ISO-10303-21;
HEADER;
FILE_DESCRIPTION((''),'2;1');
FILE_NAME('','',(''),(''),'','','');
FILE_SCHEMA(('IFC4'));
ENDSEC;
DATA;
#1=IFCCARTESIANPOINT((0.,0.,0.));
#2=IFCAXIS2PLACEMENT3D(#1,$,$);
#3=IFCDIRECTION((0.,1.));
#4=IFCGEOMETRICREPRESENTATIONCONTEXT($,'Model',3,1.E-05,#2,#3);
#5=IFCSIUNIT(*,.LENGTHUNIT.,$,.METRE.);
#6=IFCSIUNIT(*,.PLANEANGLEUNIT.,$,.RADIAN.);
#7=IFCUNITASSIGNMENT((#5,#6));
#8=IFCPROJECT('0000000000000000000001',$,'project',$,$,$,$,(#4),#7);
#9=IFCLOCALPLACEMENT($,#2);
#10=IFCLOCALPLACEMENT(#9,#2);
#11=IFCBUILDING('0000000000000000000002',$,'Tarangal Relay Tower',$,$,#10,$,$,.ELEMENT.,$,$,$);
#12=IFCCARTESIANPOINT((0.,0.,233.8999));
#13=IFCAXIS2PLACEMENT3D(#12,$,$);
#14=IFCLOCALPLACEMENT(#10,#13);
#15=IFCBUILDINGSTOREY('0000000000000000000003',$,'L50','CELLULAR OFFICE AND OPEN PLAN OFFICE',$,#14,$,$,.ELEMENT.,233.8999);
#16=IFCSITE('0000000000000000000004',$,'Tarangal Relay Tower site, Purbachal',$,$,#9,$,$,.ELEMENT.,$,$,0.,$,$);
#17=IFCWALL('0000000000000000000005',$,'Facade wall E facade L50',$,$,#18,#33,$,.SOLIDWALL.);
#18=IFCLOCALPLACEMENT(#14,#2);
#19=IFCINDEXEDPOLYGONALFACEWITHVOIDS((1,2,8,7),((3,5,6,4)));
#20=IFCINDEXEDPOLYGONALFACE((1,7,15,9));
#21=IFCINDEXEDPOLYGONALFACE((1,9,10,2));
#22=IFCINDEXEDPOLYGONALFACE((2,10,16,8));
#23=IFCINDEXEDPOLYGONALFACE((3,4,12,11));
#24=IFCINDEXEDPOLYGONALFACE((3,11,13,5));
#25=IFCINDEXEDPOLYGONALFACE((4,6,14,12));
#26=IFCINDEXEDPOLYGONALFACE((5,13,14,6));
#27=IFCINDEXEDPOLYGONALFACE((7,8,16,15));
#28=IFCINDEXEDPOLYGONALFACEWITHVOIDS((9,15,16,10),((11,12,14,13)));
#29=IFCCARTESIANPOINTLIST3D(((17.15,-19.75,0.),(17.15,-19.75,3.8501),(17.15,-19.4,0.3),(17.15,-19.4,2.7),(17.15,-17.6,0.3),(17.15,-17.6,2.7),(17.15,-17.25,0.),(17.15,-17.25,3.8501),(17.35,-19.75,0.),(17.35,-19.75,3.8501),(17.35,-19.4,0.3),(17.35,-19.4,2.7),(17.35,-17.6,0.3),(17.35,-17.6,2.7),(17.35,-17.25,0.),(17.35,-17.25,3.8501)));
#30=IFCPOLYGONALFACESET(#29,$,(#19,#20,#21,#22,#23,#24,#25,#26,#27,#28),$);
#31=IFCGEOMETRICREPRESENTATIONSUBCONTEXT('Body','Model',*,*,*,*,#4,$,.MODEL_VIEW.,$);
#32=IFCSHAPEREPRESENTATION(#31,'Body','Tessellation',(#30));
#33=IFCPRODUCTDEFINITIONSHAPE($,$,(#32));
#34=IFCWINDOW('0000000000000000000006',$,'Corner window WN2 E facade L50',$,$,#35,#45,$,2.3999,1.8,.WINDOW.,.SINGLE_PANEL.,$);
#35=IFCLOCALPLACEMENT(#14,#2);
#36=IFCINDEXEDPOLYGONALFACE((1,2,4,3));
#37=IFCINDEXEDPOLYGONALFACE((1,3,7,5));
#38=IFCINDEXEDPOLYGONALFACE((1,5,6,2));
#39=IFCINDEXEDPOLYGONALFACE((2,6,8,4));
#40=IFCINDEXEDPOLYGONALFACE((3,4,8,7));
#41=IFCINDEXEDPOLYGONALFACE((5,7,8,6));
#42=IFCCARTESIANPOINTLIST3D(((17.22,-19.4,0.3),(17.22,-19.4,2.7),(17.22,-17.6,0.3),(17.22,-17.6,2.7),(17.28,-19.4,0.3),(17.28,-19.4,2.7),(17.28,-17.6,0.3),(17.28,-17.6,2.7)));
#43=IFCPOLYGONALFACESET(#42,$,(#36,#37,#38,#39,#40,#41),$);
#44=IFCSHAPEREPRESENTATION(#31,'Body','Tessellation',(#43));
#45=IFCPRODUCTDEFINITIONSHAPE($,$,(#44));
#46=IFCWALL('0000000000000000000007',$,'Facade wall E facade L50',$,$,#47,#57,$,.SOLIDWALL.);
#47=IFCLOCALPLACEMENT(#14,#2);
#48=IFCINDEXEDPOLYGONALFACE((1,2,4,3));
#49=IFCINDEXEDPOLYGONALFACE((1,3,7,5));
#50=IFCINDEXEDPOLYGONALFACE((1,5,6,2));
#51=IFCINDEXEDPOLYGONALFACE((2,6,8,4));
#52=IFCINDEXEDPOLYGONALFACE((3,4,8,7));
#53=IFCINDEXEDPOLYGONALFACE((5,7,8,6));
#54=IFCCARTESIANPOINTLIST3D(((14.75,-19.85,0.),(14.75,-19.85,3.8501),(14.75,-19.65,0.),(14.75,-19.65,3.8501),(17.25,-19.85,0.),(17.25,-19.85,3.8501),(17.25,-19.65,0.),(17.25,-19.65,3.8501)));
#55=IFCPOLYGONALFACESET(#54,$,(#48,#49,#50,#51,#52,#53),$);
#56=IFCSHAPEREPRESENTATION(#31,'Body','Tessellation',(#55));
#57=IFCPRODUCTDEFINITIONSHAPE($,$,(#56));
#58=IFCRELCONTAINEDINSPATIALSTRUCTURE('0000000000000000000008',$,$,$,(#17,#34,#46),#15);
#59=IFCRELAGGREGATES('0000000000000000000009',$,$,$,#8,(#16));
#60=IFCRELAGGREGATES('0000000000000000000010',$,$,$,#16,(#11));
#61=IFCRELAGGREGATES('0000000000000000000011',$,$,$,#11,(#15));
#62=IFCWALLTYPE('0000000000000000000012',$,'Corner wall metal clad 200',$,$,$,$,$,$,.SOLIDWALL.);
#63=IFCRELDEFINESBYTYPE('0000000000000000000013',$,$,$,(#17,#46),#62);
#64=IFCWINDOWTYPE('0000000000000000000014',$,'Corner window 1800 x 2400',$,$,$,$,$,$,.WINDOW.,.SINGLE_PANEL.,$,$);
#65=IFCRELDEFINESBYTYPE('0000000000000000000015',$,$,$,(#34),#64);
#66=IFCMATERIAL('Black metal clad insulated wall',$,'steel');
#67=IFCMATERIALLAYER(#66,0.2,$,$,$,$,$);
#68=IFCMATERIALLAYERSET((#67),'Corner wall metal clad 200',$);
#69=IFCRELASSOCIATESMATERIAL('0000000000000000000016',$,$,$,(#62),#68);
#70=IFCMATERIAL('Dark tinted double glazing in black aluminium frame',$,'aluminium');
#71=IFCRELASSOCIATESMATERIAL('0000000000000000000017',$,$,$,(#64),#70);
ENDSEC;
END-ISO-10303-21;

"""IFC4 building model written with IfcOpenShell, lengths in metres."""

from ifc_helpers import new_model, si_unit, direction, frame, frame_2d, origin, place, context, subcontext, project, spatial, rectangle, extrude, material, layer, layer_set, type_object, element, fill, save


model = new_model("IFC4")

# Units and contexts
model_context = context("Model", 3, precision=1e-05, world=origin(), true_north=direction((0.0, 1.0)))
body_context = subcontext(model_context, "Body", "Model", "MODEL_VIEW")
ifc_project = project(units=[si_unit("LENGTHUNIT", "METRE"), si_unit("PLANEANGLEUNIT", "RADIAN")], contexts=[model_context])

# Site, building, storey
site_placement = place(None, origin())
site = spatial("IfcSite", under=ifc_project, at=site_placement, Name="Tarangal Relay Tower site, Purbachal", CompositionType="ELEMENT", RefElevation=0.0)
building_placement = place(site_placement, origin())
building = spatial("IfcBuilding", under=site, at=building_placement, Name="Tarangal Relay Tower", CompositionType="ELEMENT")
storey_placement = place(building_placement, frame((0.0, 0.0, 233.8999)))
storey = spatial("IfcBuildingStorey", under=building, at=storey_placement, Name="L50", Description="CELLULAR OFFICE AND OPEN PLAN OFFICE", CompositionType="ELEMENT", Elevation=233.8999)

# Shared definitions
ifc_material_1 = material(Name="Black metal clad insulated wall", Category="steel")
ifc_layer_1 = layer(ifc_material_1, 0.2)
ifc_layer_set_1 = layer_set([ifc_layer_1], Name="Corner wall metal clad 200")
wall_type = type_object("IfcWallType", Name="Corner wall metal clad 200", PredefinedType="SOLIDWALL", material=ifc_layer_set_1)

# Shared definitions
ifc_material_2 = material(Name="Dark tinted double glazing in black aluminium frame", Category="aluminium")
window_type = type_object("IfcWindowType", Name="Corner window 1800 x 2400", PartitioningType="SINGLE_PANEL", PredefinedType="WINDOW", material=ifc_material_2)

# Wall, opening, window
wall_1_placement = place(storey_placement, frame((17.25, -17.25, 0.0), z_axis=(0.0, 0.0, 1.0), x_axis=(0.0, -1.0, 0.0)))
wall_1 = element("IfcWall", 1, at=wall_1_placement, inside=storey, type_object=wall_type, Name="Facade wall E facade L50", PredefinedType="SOLIDWALL", context=body_context, shape_type="SweptSolid", body=[
    extrude(rectangle(XDim=2.5, YDim=0.2, at=frame_2d((1.25, 0.0))), origin(), (0.0, 0.0, 1.0), 3.8501),
])
opening_1_placement = place(wall_1_placement, frame((0.3501, 0.0, 0.3)))
opening_1 = element("IfcOpeningElement", 2, at=opening_1_placement, cuts=wall_1, PredefinedType="OPENING", context=body_context, shape_type="SweptSolid", body=[
    extrude(rectangle(XDim=1.8, YDim=2.3999, at=frame_2d((0.8999, 1.2))), frame((0.0, 0.1099, 0.0), z_axis=(0.0, -1.0, 0.0), x_axis=(1.0, 0.0, 0.0)), (0.0, 0.0, 1.0), 0.22),
])
window_1_placement = place(opening_1_placement, origin())
window_1 = element("IfcWindow", 3, at=window_1_placement, inside=storey, type_object=window_type, Name="Corner window WN2 E facade L50", OverallHeight=2.3999, OverallWidth=1.8, PartitioningType="SINGLE_PANEL", PredefinedType="WINDOW", context=body_context, shape_type="SweptSolid", body=[
    extrude(rectangle(XDim=1.8, YDim=2.3999, at=frame_2d((0.8999, 1.2))), frame((0.0, 0.03, 0.0), z_axis=(0.0, -1.0, 0.0), x_axis=(1.0, 0.0, 0.0)), (0.0, 0.0, 1.0), 0.0601),
])
fill(opening_1, window_1)

# Wall
wall_2_placement = place(storey_placement, frame((17.25, -19.75, 0.0), z_axis=(0.0, 0.0, 1.0), x_axis=(-1.0, 0.0, 0.0)))
element("IfcWall", 4, at=wall_2_placement, inside=storey, type_object=wall_type, Name="Facade wall E facade L50", PredefinedType="SOLIDWALL", context=body_context, shape_type="SweptSolid", body=[
    extrude(rectangle(XDim=2.5, YDim=0.2, at=frame_2d((1.25, 0.0))), origin(), (0.0, 0.0, 1.0), 3.8501),
])

save(model, "model.ifc")
